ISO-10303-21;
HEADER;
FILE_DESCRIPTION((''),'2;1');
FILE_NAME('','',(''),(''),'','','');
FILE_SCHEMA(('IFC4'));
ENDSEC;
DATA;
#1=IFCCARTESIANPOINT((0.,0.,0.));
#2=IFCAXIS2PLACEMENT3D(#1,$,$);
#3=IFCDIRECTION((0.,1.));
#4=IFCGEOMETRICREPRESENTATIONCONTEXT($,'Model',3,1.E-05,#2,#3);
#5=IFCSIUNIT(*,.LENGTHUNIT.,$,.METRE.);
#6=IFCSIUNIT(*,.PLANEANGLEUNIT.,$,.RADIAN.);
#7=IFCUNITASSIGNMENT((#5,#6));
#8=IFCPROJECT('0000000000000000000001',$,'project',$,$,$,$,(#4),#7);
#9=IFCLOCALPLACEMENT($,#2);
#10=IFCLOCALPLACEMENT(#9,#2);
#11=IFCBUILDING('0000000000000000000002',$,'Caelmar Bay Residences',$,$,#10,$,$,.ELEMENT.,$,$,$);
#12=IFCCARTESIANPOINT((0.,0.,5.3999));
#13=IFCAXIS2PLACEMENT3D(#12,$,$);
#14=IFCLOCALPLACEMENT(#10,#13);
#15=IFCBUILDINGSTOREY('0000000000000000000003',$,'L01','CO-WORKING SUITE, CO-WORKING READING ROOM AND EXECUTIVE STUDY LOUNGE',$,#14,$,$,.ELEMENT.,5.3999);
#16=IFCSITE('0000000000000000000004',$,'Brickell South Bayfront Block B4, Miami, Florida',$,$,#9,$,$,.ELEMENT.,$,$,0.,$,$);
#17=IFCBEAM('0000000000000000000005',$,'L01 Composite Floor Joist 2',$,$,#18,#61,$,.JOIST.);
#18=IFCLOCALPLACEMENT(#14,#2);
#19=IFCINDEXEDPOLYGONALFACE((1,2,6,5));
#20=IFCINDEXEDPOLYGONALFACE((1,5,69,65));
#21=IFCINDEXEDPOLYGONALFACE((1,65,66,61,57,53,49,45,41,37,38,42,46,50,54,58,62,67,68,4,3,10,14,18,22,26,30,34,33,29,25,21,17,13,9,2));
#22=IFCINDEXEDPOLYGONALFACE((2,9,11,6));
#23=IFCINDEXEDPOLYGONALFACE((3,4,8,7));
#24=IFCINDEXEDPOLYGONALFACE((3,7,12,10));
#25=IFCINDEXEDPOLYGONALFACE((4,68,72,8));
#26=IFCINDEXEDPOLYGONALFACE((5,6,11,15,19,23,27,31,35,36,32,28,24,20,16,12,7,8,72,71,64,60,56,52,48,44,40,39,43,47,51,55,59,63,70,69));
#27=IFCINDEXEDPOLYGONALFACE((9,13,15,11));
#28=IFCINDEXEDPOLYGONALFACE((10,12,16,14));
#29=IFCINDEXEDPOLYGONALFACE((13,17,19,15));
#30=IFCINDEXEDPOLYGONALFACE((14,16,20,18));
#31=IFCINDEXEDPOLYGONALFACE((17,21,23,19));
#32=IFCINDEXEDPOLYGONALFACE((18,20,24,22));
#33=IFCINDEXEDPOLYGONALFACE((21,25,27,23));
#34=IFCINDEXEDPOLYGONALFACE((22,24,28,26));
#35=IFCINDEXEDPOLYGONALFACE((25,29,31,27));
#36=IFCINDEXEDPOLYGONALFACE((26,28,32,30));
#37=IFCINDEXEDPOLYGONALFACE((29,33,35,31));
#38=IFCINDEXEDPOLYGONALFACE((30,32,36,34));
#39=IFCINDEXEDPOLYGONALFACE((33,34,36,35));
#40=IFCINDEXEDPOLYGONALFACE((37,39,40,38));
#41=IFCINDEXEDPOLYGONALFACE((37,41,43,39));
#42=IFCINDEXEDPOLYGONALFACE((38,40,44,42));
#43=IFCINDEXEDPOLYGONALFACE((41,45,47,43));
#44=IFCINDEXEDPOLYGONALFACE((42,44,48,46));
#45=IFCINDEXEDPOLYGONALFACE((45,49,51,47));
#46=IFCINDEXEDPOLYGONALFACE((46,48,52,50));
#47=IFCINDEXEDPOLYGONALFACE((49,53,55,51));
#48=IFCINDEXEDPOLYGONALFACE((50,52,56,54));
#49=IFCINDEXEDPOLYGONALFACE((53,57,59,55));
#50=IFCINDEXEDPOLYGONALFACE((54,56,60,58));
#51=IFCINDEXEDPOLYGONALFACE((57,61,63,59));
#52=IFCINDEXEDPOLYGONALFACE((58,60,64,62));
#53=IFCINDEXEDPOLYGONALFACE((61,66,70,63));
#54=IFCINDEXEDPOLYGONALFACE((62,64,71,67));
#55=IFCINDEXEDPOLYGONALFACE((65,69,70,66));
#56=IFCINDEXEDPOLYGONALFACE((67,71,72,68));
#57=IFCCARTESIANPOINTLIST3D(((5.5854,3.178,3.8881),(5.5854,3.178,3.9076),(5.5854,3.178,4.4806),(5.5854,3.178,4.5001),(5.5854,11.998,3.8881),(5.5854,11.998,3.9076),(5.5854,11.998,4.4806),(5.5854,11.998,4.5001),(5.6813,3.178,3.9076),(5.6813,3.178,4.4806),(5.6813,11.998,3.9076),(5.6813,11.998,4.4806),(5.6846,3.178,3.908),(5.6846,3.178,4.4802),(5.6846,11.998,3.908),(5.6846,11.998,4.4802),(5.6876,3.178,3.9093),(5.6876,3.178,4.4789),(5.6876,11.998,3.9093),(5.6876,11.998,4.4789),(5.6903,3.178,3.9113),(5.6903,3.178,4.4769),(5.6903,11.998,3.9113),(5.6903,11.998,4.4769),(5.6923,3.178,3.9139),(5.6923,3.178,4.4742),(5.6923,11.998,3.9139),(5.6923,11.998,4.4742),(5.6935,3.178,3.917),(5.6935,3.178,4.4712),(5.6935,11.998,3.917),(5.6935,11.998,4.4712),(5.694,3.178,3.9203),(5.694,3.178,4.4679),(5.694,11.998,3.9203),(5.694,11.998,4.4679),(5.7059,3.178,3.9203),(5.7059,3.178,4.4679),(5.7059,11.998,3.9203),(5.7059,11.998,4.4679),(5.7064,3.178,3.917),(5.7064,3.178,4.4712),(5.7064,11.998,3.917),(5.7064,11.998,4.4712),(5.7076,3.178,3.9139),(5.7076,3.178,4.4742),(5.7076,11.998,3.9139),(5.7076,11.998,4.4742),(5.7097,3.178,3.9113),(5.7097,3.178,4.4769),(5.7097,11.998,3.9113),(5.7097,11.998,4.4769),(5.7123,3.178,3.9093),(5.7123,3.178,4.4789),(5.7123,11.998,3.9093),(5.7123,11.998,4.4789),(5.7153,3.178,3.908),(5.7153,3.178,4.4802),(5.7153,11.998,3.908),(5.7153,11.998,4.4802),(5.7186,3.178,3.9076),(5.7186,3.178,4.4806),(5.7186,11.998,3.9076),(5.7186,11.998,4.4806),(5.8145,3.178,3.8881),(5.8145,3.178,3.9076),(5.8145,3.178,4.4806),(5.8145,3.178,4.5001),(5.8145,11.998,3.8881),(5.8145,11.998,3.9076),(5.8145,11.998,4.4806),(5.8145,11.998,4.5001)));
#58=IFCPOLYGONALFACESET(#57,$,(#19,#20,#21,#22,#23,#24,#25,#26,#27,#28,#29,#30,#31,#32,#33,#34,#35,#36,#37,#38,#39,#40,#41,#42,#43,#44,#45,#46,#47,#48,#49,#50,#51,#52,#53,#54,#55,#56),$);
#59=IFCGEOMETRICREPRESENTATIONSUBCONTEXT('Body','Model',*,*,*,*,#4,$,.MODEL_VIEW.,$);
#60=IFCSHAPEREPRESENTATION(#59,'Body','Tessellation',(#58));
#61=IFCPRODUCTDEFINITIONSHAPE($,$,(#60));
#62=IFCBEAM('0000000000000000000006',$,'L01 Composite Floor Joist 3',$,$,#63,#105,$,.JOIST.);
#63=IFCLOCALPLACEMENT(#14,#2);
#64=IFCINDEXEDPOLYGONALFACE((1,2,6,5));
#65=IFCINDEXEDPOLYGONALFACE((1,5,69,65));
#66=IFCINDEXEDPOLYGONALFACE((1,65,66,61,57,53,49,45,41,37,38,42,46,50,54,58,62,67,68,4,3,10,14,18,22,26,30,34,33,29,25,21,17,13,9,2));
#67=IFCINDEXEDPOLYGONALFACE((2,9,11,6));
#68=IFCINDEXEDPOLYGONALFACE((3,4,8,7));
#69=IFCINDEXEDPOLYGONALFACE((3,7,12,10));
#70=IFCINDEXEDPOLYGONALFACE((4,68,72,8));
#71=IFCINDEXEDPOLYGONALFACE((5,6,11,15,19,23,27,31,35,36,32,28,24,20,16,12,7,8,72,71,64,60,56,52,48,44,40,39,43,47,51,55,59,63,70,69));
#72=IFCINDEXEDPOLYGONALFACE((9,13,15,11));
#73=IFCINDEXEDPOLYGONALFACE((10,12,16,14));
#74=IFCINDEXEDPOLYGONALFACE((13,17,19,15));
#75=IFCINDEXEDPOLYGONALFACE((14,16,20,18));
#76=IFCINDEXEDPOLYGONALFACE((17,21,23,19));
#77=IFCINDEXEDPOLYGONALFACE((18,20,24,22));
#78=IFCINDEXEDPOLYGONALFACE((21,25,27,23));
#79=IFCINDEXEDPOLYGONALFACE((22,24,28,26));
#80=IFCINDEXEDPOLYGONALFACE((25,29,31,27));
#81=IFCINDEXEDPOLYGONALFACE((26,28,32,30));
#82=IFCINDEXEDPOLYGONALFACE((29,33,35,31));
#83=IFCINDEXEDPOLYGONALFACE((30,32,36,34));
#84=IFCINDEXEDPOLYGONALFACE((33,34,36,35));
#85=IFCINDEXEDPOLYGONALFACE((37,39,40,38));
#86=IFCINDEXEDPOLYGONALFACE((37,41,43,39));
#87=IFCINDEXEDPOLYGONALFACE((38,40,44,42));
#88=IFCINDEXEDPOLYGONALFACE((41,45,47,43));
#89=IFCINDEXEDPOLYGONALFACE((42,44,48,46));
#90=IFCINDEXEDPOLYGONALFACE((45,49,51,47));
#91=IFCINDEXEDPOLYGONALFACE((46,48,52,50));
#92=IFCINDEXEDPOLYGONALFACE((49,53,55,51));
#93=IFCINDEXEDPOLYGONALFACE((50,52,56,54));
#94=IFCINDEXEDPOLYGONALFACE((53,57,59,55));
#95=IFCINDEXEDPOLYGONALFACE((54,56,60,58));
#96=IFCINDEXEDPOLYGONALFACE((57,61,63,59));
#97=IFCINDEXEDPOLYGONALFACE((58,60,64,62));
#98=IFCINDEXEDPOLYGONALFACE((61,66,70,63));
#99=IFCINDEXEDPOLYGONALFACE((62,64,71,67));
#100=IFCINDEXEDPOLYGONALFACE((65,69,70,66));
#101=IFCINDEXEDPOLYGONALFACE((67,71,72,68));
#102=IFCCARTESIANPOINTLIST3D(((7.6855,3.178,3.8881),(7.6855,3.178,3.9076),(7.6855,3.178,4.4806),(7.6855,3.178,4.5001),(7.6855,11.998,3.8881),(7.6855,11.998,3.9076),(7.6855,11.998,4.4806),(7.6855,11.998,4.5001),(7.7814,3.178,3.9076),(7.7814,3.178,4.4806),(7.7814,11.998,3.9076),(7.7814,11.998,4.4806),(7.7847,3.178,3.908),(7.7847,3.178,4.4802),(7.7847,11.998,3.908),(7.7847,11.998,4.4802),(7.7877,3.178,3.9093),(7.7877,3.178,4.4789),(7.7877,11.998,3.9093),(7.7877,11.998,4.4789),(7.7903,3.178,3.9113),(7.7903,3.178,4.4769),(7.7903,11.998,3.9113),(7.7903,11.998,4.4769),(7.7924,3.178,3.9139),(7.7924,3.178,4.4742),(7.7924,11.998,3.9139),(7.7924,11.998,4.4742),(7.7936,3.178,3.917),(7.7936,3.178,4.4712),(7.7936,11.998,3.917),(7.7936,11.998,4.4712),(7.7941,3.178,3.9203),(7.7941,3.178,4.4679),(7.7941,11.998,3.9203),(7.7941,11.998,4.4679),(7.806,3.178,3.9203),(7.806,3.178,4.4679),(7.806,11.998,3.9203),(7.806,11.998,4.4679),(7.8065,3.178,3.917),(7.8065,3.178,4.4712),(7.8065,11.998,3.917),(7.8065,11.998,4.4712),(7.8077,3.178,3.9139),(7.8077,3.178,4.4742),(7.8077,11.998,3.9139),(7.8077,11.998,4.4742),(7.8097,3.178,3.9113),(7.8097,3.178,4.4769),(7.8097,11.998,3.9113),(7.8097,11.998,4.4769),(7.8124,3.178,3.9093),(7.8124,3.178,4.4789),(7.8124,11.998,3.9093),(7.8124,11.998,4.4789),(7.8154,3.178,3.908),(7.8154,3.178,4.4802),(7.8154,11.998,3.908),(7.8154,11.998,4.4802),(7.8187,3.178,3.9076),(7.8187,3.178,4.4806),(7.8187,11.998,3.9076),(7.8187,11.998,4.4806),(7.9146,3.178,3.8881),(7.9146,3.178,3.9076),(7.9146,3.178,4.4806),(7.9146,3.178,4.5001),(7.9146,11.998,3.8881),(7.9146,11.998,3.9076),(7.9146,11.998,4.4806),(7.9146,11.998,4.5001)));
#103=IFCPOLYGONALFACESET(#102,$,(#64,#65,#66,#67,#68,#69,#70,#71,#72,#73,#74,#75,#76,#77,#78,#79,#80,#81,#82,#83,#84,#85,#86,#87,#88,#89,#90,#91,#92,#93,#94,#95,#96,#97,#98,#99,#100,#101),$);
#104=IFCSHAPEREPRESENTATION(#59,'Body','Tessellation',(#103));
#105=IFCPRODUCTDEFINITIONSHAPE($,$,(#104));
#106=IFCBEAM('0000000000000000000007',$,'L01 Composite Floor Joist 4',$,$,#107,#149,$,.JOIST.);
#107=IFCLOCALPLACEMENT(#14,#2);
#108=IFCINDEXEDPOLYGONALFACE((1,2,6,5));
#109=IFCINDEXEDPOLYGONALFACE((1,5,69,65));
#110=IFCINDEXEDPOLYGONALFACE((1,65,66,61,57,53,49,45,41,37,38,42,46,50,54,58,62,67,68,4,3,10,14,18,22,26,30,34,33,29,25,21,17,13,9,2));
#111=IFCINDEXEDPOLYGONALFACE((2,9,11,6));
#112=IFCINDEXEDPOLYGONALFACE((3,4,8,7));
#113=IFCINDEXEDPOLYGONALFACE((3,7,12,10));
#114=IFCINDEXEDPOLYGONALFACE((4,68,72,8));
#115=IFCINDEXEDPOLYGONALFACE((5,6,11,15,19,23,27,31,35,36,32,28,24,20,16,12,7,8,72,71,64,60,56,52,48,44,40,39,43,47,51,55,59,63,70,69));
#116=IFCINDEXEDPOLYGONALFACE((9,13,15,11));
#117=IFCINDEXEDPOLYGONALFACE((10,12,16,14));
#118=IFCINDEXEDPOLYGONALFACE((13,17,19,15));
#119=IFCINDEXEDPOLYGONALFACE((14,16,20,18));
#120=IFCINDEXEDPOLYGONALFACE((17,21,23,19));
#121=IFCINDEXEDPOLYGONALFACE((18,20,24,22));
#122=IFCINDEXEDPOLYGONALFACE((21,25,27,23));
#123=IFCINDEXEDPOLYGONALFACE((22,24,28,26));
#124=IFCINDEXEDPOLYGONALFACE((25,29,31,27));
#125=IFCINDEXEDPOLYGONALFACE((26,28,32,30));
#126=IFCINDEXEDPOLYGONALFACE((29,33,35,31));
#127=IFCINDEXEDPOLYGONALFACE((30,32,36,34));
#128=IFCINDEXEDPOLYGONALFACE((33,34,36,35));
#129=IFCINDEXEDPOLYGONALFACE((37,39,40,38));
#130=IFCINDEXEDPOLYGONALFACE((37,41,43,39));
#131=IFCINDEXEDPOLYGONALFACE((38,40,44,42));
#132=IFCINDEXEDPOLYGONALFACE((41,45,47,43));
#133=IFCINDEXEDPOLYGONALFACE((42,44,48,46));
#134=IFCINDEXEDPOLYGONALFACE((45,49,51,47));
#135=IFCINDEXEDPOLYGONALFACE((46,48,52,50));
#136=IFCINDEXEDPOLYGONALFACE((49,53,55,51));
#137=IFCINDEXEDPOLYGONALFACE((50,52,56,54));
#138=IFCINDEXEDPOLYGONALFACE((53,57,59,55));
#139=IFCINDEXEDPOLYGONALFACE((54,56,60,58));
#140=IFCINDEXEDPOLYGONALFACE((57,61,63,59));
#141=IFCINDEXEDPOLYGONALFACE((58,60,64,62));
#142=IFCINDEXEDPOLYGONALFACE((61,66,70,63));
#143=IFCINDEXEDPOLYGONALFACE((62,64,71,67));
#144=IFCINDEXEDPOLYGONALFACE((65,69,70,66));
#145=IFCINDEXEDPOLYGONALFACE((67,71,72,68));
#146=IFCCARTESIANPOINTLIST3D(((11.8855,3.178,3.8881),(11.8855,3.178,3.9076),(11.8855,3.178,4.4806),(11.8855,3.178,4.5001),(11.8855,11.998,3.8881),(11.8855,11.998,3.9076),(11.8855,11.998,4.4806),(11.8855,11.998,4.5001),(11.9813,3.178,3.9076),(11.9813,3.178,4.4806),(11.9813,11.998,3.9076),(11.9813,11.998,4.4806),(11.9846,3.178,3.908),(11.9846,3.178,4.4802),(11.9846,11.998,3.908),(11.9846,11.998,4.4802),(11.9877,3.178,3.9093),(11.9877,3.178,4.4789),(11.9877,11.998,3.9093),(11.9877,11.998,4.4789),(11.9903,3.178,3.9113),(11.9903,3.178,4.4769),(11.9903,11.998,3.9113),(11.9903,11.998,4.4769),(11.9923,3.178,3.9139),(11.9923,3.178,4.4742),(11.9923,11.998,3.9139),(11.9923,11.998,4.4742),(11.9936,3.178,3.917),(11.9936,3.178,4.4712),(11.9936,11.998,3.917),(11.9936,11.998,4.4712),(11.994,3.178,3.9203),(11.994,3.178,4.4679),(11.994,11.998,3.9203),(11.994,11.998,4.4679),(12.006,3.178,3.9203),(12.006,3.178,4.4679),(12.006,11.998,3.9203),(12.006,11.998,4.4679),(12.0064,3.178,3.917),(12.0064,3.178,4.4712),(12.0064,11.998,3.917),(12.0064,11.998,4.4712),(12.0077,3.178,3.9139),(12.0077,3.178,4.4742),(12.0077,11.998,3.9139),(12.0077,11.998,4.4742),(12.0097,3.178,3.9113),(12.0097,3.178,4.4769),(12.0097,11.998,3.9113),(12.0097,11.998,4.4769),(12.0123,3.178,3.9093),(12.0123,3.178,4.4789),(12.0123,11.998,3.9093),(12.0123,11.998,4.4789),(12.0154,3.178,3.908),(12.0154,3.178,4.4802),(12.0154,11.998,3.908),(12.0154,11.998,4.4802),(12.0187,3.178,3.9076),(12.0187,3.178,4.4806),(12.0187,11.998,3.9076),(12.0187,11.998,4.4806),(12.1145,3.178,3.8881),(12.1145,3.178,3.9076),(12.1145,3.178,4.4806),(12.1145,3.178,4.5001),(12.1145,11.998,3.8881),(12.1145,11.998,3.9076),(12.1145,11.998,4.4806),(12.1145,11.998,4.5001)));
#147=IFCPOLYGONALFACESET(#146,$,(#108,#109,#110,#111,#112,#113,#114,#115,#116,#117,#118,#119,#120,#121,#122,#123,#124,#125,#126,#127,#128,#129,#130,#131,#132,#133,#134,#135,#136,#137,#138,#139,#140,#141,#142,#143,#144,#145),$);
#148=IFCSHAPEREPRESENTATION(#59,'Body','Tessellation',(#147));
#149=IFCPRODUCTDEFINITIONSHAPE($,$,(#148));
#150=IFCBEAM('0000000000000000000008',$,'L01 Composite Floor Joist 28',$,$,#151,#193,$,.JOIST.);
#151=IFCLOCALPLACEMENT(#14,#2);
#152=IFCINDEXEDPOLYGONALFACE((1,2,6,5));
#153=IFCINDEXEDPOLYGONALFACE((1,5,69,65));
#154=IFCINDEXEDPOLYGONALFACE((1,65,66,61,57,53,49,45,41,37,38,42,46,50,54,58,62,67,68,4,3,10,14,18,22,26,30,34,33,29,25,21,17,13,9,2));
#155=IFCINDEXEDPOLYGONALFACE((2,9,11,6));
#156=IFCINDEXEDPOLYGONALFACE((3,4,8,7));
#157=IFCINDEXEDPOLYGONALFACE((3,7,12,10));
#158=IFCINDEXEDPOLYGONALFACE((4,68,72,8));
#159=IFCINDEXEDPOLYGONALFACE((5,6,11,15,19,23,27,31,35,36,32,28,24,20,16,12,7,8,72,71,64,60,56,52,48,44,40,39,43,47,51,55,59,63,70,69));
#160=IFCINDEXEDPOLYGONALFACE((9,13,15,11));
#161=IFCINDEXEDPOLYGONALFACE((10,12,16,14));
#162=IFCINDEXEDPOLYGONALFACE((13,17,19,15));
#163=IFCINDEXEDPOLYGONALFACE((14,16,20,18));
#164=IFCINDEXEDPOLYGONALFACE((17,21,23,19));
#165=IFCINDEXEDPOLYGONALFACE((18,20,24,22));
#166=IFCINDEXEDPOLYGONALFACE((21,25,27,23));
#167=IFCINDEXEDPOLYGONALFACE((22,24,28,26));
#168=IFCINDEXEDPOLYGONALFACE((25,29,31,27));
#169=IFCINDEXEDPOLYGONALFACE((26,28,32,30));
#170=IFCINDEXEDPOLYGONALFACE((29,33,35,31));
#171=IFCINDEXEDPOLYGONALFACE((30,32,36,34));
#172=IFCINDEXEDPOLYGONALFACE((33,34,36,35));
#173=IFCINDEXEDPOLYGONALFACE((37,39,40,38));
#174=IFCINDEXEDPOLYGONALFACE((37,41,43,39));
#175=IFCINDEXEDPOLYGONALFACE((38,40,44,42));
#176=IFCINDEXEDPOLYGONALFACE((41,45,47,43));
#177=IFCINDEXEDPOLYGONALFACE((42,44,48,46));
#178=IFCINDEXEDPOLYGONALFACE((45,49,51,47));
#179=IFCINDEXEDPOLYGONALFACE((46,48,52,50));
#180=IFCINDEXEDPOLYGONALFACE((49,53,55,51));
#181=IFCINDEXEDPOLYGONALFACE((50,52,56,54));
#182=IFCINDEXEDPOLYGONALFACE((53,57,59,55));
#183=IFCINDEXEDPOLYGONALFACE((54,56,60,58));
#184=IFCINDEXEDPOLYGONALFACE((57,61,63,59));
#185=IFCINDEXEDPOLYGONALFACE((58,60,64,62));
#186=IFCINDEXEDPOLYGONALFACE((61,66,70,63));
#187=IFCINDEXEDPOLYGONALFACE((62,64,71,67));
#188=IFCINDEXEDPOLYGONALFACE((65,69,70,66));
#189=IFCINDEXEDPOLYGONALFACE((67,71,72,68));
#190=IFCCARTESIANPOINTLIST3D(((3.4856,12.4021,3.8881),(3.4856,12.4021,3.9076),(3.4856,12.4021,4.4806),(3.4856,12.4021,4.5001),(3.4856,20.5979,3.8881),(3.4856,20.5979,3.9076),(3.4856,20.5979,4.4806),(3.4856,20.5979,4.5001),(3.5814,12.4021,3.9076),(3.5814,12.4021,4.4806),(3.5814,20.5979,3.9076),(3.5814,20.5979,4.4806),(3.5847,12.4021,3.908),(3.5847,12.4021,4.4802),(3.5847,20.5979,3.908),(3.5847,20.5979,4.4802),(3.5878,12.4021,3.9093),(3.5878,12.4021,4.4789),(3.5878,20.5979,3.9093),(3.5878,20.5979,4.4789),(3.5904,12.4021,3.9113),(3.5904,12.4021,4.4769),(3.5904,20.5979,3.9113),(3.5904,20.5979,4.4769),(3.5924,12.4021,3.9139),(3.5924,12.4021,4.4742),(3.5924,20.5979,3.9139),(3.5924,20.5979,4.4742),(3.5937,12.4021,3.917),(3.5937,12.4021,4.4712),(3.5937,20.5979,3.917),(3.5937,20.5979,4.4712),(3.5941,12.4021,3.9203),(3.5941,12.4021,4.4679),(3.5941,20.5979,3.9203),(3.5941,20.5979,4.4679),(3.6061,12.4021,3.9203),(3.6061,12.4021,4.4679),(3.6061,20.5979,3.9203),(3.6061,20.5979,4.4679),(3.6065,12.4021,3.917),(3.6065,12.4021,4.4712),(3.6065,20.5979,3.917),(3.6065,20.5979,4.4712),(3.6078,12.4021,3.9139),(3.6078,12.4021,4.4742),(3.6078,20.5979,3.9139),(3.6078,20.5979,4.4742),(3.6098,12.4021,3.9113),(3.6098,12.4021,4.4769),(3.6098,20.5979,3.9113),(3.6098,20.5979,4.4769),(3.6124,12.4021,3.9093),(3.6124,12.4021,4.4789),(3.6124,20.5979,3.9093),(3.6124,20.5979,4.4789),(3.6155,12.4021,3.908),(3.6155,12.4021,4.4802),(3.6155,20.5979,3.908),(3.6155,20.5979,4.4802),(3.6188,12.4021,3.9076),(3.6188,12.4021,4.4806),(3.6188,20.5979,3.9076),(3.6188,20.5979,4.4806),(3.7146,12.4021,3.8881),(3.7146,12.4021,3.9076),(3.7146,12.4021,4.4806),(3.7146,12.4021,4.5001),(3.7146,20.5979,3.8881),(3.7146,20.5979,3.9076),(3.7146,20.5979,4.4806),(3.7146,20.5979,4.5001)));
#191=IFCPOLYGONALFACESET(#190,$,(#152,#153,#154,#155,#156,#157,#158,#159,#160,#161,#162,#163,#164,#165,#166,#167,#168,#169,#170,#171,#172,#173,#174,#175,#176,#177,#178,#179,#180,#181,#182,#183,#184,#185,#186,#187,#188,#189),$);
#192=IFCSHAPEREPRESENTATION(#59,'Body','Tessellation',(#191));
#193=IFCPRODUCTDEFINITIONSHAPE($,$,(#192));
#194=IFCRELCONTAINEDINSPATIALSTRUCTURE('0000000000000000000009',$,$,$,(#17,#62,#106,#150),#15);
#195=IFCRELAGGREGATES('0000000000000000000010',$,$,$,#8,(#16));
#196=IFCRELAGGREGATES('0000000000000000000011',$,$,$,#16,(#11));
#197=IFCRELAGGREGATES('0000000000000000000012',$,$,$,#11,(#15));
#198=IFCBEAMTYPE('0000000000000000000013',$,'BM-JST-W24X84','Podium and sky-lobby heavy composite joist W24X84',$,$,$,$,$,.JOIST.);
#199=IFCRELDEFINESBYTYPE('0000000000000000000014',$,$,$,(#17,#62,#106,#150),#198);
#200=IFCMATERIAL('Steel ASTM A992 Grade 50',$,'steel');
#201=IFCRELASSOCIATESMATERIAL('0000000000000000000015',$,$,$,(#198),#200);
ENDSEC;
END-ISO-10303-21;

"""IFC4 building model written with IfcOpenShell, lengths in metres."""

from ifc_helpers import new_model, si_unit, direction, frame, origin, origin_2d, place, context, subcontext, project, spatial, i_section, extrude, material, material_profile, profile_set, type_object, element, save


model = new_model("IFC4")

# Units and contexts
model_context = context("Model", 3, precision=1e-05, world=origin(), true_north=direction((0.0, 1.0)))
body_context = subcontext(model_context, "Body", "Model", "MODEL_VIEW")
ifc_project = project(units=[si_unit("LENGTHUNIT", "METRE"), si_unit("PLANEANGLEUNIT", "RADIAN")], contexts=[model_context])

# Site, building, storey
site_placement = place(None, origin())
site = spatial("IfcSite", under=ifc_project, at=site_placement, Name="Brickell South Bayfront Block B4, Miami, Florida", CompositionType="ELEMENT", RefElevation=0.0)
building_placement = place(site_placement, origin())
building = spatial("IfcBuilding", under=site, at=building_placement, Name="Caelmar Bay Residences", CompositionType="ELEMENT")
storey_placement = place(building_placement, frame((0.0, 0.0, 5.3999)))
storey = spatial("IfcBuildingStorey", under=building, at=storey_placement, Name="L01", Description="CO-WORKING SUITE, CO-WORKING READING ROOM AND EXECUTIVE STUDY LOUNGE", CompositionType="ELEMENT", Elevation=5.3999)

# Beams
ifc_material_1 = material(Name="Steel ASTM A992 Grade 50", Category="steel")
ifc_material_profile_1 = material_profile(ifc_material_1, i_section(OverallWidth=0.229, OverallDepth=0.6121, WebThickness=0.012, FlangeThickness=0.0195, FilletRadius=0.0127, at=origin_2d()), Name="W24X84")
ifc_profile_set_1 = profile_set([ifc_material_profile_1], Name="Steel ASTM A992 Grade 50")
beam_type_1 = type_object("IfcBeamType", Name="BM-JST-W24X84", Description="Podium and sky-lobby heavy composite joist W24X84", PredefinedType="JOIST", material=ifc_profile_set_1)
for number, where, z_axis, x_axis, name in (
    (1, (5.7, 3.178, 4.1941), (0.0, 1.0, 0.0), (-1.0, 0.0, 0.0), "L01 Composite Floor Joist 2"),
    (2, (7.8, 3.178, 4.1941), (0.0, 1.0, 0.0), (-1.0, 0.0, 0.0), "L01 Composite Floor Joist 3"),
    (3, (12.0, 3.178, 4.1941), (0.0, 1.0, 0.0), (-1.0, 0.0, 0.0), "L01 Composite Floor Joist 4"),
):
    element("IfcBeam", number, at=place(storey_placement, frame(where, z_axis=z_axis, x_axis=x_axis)), inside=storey, type_object=beam_type_1, Name=name, PredefinedType="JOIST", context=body_context, shape_type="SweptSolid", body=[
        extrude(i_section(OverallWidth=0.229, OverallDepth=0.6121, WebThickness=0.012, FlangeThickness=0.0195, FilletRadius=0.0127, at=origin_2d()), origin(), (0.0, 0.0, 1.0), 8.8201),
    ])
for number, where, z_axis, x_axis, name in (
    (4, (3.6001, 12.4021, 4.1941), (0.0, 1.0, 0.0), (-1.0, 0.0, 0.0), "L01 Composite Floor Joist 28"),
):
    element("IfcBeam", number, at=place(storey_placement, frame(where, z_axis=z_axis, x_axis=x_axis)), inside=storey, type_object=beam_type_1, Name=name, PredefinedType="JOIST", context=body_context, shape_type="SweptSolid", body=[
        extrude(i_section(OverallWidth=0.229, OverallDepth=0.6121, WebThickness=0.012, FlangeThickness=0.0195, FilletRadius=0.0127, at=origin_2d()), origin(), (0.0, 0.0, 1.0), 8.1958),
    ])

save(model, "model.ifc")
